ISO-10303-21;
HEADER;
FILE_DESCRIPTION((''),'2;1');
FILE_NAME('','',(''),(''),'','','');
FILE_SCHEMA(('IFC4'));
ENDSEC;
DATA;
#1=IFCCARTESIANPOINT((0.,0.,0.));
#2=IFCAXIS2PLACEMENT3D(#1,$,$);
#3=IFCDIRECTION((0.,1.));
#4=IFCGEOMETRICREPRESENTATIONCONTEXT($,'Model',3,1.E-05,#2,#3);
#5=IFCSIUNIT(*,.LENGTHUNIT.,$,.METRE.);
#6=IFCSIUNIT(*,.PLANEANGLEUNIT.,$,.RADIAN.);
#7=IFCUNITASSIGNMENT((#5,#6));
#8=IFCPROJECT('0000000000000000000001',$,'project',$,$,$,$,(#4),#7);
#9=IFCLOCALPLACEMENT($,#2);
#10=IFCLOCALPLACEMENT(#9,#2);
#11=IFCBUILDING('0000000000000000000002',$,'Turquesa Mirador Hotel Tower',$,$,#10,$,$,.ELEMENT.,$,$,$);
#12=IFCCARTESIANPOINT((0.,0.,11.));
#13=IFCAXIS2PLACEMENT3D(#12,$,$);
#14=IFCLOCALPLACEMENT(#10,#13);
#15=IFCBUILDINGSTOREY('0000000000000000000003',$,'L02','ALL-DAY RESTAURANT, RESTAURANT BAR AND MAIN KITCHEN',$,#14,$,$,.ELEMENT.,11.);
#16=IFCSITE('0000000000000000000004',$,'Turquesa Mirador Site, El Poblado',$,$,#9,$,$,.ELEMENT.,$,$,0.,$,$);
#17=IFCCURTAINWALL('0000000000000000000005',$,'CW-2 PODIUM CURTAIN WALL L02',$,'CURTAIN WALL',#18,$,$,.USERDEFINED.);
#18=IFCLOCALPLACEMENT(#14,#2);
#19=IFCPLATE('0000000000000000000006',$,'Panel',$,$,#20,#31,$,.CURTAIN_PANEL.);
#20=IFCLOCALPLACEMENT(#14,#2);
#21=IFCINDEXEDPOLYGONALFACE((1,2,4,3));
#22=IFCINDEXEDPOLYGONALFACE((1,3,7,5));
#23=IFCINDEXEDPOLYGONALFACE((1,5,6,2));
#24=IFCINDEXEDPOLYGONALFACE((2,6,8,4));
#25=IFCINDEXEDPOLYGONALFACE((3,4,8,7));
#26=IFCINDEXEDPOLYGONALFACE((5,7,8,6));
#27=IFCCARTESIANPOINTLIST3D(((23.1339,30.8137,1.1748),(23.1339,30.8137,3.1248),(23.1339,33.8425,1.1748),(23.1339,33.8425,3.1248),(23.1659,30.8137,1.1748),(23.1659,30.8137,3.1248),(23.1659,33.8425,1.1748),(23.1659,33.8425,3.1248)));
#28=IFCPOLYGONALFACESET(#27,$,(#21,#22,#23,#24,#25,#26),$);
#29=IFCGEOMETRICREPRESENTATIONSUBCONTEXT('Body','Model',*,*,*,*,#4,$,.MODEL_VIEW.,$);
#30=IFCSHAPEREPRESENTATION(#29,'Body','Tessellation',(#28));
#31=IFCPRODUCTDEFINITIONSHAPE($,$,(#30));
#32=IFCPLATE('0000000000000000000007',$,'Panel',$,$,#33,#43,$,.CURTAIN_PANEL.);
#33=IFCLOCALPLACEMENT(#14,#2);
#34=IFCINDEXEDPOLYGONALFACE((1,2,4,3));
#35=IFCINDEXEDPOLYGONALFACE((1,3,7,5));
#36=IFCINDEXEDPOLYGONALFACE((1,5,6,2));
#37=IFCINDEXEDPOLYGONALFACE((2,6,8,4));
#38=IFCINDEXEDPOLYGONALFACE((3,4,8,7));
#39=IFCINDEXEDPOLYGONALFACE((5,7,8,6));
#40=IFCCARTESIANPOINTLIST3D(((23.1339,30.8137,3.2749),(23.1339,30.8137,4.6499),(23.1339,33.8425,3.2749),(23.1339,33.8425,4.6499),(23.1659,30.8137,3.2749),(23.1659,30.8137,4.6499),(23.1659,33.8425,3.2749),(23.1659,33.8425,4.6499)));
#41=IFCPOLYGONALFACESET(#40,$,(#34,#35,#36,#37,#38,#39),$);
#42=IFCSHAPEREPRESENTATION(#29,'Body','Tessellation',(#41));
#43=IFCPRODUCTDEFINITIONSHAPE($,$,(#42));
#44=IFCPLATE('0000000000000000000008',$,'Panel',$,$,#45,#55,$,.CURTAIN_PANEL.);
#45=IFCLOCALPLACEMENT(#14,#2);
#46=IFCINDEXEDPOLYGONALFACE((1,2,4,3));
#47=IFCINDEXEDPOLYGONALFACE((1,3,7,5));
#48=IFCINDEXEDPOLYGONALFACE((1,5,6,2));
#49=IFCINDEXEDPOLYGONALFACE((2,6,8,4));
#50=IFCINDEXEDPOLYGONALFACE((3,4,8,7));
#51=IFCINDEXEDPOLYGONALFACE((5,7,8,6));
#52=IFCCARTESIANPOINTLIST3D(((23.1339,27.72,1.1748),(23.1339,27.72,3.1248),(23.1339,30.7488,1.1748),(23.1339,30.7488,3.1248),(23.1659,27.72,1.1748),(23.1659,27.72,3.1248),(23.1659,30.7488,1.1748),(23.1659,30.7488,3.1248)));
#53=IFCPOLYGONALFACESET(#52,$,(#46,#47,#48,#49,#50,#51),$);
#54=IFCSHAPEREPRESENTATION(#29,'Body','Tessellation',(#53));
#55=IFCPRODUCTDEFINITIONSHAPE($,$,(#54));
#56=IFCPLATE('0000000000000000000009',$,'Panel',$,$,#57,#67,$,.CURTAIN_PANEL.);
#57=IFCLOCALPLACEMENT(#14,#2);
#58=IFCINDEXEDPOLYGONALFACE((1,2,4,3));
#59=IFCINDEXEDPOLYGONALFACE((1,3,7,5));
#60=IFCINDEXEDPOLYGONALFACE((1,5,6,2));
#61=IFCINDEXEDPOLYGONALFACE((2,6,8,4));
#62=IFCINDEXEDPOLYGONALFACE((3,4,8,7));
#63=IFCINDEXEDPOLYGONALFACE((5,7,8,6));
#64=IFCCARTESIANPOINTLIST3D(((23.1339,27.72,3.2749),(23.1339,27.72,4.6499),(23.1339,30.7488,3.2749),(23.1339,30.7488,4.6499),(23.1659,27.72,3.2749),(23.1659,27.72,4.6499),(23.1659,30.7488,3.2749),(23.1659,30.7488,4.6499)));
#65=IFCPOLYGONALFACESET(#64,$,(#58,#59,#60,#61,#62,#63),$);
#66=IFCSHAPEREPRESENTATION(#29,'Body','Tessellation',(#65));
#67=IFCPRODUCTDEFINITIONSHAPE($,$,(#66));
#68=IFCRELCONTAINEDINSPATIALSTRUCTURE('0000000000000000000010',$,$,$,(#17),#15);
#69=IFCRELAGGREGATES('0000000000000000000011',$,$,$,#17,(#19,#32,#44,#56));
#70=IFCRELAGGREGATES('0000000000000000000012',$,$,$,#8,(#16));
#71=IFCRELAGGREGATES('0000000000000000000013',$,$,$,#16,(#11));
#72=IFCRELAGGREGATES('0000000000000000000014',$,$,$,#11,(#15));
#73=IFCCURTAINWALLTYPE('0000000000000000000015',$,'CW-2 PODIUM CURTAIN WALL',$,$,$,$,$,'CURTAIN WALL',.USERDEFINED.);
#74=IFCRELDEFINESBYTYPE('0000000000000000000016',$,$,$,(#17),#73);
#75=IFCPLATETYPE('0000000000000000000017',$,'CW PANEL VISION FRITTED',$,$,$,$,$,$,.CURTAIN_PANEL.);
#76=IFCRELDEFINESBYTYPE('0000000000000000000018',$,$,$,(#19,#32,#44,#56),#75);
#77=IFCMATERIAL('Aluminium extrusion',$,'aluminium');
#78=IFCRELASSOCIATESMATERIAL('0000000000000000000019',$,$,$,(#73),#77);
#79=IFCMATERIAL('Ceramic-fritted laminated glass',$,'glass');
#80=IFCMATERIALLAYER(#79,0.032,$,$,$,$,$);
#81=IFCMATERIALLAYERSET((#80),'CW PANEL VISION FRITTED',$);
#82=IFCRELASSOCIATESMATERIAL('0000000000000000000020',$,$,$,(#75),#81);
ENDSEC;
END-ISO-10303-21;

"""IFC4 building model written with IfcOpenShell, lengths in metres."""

from ifc_helpers import new_model, si_unit, direction, frame, origin, origin_2d, place, context, subcontext, project, spatial, rectangle, extrude, material, layer, layer_set, type_object, element, aggregate, save


model = new_model("IFC4")

# Units and contexts
model_context = context("Model", 3, precision=1e-05, world=origin(), true_north=direction((0.0, 1.0)))
body_context = subcontext(model_context, "Body", "Model", "MODEL_VIEW")
ifc_project = project(units=[si_unit("LENGTHUNIT", "METRE"), si_unit("PLANEANGLEUNIT", "RADIAN")], contexts=[model_context])

# Site, building, storey
site_placement = place(None, origin())
site = spatial("IfcSite", under=ifc_project, at=site_placement, Name="Turquesa Mirador Site, El Poblado", CompositionType="ELEMENT", RefElevation=0.0)
building_placement = place(site_placement, origin())
building = spatial("IfcBuilding", under=site, at=building_placement, Name="Turquesa Mirador Hotel Tower", CompositionType="ELEMENT")
storey_placement = place(building_placement, frame((0.0, 0.0, 11.0)))
storey = spatial("IfcBuildingStorey", under=building, at=storey_placement, Name="L02", Description="ALL-DAY RESTAURANT, RESTAURANT BAR AND MAIN KITCHEN", CompositionType="ELEMENT", Elevation=11.0)

# Curtain wall, plates
ifc_material_1 = material(Name="Aluminium extrusion", Category="aluminium")
curtain_wall_type = type_object("IfcCurtainWallType", Name="CW-2 PODIUM CURTAIN WALL", ElementType="CURTAIN WALL", PredefinedType="USERDEFINED", material=ifc_material_1)
curtain_wall_placement = place(storey_placement, origin())
curtain_wall = element("IfcCurtainWall", 1, at=curtain_wall_placement, inside=storey, type_object=curtain_wall_type, Name="CW-2 PODIUM CURTAIN WALL L02", ObjectType="CURTAIN WALL", PredefinedType="USERDEFINED")
ifc_material_2 = material(Name="Ceramic-fritted laminated glass", Category="glass")
ifc_layer_1 = layer(ifc_material_2, 0.032)
ifc_layer_set_1 = layer_set([ifc_layer_1], Name="CW PANEL VISION FRITTED")
plate_type_1 = type_object("IfcPlateType", Name="CW PANEL VISION FRITTED", PredefinedType="CURTAIN_PANEL", material=ifc_layer_set_1)
plate_1_placement = place(storey_placement, frame((23.1499, 32.3281, 1.1748), z_axis=(0.0, 0.0, 1.0), x_axis=(0.0, -1.0, 0.0)))
plate_1 = element("IfcPlate", 2, at=plate_1_placement, type_object=plate_type_1, Name="Panel", PredefinedType="CURTAIN_PANEL", context=body_context, shape_type="SweptSolid", body=[
    extrude(rectangle(XDim=3.0288, YDim=0.032, at=origin_2d()), origin(), (0.0, 0.0, 1.0), 1.95),
])
plate_2_placement = place(storey_placement, frame((23.1499, 32.3281, 3.2749), z_axis=(0.0, 0.0, 1.0), x_axis=(0.0, -1.0, 0.0)))
plate_2 = element("IfcPlate", 3, at=plate_2_placement, type_object=plate_type_1, Name="Panel", PredefinedType="CURTAIN_PANEL", context=body_context, shape_type="SweptSolid", body=[
    extrude(rectangle(XDim=3.0288, YDim=0.032, at=origin_2d()), origin(), (0.0, 0.0, 1.0), 1.375),
])
plate_3_placement = place(storey_placement, frame((23.1499, 29.2344, 1.1748), z_axis=(0.0, 0.0, 1.0), x_axis=(0.0, -1.0, 0.0)))
plate_3 = element("IfcPlate", 4, at=plate_3_placement, type_object=plate_type_1, Name="Panel", PredefinedType="CURTAIN_PANEL", context=body_context, shape_type="SweptSolid", body=[
    extrude(rectangle(XDim=3.0288, YDim=0.032, at=origin_2d()), origin(), (0.0, 0.0, 1.0), 1.95),
])
plate_4_placement = place(storey_placement, frame((23.1499, 29.2344, 3.2749), z_axis=(0.0, 0.0, 1.0), x_axis=(0.0, -1.0, 0.0)))
plate_4 = element("IfcPlate", 5, at=plate_4_placement, type_object=plate_type_1, Name="Panel", PredefinedType="CURTAIN_PANEL", context=body_context, shape_type="SweptSolid", body=[
    extrude(rectangle(XDim=3.0288, YDim=0.032, at=origin_2d()), origin(), (0.0, 0.0, 1.0), 1.375),
])
aggregate(curtain_wall, [plate_1, plate_2, plate_3, plate_4])

save(model, "model.ifc")
